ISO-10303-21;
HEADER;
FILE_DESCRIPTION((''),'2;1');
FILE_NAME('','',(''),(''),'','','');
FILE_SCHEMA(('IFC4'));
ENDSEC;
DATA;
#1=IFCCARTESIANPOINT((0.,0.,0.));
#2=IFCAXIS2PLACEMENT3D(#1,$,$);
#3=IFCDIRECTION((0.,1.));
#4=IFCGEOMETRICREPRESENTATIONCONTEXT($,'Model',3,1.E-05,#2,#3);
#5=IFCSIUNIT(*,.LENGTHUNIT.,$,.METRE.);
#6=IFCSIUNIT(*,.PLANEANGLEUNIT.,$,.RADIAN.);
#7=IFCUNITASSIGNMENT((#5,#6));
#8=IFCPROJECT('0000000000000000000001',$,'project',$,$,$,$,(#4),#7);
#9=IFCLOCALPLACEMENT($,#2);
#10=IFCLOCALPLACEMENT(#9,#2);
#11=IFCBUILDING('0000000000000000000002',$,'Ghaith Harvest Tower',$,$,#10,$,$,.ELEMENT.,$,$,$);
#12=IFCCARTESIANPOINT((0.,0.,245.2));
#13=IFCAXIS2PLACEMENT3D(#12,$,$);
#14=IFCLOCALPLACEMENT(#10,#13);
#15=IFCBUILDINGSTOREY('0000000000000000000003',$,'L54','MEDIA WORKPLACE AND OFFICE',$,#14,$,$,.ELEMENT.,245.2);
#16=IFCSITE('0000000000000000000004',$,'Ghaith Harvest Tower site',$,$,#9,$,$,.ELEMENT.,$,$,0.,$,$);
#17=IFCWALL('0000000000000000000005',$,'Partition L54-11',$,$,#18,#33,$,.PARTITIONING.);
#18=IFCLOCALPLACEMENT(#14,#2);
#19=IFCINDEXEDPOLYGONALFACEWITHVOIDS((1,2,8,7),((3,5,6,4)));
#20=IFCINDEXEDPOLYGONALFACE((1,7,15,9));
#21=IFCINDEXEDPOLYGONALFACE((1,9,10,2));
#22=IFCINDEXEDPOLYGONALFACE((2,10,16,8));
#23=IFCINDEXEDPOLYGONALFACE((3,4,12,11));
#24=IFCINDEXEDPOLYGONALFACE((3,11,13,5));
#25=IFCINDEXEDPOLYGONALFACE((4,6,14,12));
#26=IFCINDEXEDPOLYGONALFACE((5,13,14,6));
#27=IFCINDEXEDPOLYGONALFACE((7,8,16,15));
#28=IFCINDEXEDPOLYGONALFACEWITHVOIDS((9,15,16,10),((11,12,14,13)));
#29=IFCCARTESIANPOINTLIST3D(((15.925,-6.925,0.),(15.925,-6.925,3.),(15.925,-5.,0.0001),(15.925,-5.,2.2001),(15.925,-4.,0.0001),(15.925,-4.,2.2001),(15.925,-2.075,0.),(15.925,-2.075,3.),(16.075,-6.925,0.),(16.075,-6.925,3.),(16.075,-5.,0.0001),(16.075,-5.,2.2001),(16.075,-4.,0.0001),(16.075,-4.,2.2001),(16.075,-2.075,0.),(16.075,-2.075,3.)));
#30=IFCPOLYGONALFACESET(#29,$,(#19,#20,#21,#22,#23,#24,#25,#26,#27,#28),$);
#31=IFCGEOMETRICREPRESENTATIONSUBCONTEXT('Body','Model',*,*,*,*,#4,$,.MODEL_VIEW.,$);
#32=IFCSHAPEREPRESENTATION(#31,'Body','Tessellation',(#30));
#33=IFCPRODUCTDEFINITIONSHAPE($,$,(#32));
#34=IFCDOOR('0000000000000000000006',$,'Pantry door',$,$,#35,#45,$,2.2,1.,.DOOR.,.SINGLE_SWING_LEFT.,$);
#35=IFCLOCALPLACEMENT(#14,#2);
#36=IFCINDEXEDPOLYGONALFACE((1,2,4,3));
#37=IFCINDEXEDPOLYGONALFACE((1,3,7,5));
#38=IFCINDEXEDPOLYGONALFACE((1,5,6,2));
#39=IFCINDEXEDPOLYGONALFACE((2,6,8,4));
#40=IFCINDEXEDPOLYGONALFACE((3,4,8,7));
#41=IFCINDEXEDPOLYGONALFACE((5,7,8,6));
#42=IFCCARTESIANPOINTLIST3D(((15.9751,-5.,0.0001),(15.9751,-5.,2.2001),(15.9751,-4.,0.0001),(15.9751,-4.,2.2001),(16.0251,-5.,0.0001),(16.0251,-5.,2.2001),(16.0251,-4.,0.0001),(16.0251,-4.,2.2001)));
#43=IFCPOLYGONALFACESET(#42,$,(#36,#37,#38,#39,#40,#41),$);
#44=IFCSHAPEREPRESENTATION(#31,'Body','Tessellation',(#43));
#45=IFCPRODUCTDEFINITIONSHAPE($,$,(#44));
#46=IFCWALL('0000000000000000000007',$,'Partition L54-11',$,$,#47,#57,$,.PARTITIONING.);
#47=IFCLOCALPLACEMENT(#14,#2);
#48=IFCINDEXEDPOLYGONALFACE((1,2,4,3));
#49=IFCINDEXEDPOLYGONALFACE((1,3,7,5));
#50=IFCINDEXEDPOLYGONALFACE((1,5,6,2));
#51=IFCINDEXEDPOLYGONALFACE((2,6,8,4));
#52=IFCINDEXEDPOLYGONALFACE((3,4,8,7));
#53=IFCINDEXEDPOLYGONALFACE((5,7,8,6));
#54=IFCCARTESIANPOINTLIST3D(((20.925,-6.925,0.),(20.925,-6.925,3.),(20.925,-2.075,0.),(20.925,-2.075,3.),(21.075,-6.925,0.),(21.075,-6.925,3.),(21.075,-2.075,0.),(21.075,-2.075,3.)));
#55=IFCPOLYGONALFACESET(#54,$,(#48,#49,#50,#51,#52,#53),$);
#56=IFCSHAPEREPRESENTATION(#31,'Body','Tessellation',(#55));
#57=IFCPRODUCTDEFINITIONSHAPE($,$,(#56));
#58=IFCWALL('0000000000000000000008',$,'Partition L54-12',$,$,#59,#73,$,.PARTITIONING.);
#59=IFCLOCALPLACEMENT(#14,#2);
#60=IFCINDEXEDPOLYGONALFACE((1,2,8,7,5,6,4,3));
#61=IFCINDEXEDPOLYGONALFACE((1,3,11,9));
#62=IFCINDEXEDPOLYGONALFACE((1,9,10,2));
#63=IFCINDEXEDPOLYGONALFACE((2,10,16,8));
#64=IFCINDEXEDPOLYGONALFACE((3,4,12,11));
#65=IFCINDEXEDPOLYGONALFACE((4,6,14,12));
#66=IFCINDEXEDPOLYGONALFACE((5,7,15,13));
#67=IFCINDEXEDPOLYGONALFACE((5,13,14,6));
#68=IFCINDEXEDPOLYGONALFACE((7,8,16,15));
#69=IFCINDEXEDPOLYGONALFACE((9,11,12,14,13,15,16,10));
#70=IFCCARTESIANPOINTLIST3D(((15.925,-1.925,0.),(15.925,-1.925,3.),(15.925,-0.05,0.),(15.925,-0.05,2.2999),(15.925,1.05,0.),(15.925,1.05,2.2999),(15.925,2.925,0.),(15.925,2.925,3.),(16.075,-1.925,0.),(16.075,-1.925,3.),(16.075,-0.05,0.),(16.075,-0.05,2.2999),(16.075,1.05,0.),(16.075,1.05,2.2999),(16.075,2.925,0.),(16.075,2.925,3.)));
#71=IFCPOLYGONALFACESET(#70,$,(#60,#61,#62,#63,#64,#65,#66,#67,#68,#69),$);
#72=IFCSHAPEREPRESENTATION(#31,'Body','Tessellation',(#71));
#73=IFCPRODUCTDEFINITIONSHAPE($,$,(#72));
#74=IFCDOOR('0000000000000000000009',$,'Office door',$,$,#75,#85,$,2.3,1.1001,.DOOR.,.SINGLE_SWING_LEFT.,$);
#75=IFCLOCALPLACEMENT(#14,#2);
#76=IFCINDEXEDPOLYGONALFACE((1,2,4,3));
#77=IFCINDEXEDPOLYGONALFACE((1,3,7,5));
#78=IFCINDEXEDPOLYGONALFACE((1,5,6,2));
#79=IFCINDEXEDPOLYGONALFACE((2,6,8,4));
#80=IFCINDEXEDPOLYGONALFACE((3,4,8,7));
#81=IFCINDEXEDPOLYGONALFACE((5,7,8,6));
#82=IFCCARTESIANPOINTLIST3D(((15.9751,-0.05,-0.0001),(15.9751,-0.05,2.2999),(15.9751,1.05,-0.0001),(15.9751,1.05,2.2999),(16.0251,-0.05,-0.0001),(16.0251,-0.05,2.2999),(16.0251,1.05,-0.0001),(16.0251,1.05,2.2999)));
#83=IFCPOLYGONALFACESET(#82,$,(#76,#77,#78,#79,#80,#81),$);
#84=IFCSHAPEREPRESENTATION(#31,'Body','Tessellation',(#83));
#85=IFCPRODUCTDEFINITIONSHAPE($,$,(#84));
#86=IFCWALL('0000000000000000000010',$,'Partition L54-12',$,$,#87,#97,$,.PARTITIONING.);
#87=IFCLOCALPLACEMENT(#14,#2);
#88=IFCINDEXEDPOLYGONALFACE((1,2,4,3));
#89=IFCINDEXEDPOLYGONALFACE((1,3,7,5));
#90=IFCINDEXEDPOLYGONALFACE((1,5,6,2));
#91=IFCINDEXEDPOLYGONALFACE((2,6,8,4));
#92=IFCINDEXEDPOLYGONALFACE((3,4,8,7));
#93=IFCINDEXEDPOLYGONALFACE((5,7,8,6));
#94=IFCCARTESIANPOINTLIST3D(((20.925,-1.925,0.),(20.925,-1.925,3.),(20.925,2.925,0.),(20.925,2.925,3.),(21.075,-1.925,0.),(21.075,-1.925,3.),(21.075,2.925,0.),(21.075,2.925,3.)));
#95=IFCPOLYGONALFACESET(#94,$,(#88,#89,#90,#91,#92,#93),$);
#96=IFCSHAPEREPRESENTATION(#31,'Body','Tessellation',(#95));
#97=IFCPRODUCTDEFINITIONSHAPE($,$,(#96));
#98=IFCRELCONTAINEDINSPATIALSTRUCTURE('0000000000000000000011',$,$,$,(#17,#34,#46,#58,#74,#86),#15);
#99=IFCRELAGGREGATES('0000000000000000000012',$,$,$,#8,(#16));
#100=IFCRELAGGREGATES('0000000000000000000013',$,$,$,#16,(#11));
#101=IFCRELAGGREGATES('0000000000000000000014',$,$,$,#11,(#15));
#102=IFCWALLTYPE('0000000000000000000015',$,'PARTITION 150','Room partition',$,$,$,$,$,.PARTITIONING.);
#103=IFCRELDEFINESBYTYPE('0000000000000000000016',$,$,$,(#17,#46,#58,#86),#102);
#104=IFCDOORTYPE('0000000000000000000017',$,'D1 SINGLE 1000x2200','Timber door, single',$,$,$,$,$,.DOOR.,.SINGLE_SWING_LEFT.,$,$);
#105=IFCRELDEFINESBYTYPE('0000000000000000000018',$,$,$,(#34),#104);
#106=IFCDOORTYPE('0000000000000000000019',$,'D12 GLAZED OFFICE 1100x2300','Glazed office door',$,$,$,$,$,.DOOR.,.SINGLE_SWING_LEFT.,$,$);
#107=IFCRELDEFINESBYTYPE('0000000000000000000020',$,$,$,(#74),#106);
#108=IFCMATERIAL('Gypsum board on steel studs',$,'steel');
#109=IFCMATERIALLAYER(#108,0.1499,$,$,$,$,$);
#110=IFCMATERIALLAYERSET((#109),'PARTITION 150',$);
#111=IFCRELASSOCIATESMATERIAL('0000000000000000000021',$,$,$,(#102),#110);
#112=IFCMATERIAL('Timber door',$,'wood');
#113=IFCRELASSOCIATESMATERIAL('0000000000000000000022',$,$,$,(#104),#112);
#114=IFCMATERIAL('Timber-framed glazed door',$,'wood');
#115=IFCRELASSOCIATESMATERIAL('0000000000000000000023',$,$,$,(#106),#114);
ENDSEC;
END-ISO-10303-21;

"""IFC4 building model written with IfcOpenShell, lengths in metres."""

from ifc_helpers import new_model, si_unit, direction, frame, frame_2d, origin, place, context, subcontext, project, spatial, rectangle, extrude, material, layer, layer_set, type_object, element, fill, save


model = new_model("IFC4")

# Units and contexts
model_context = context("Model", 3, precision=1e-05, world=origin(), true_north=direction((0.0, 1.0)))
body_context = subcontext(model_context, "Body", "Model", "MODEL_VIEW")
ifc_project = project(units=[si_unit("LENGTHUNIT", "METRE"), si_unit("PLANEANGLEUNIT", "RADIAN")], contexts=[model_context])

# Site, building, storey
site_placement = place(None, origin())
site = spatial("IfcSite", under=ifc_project, at=site_placement, Name="Ghaith Harvest Tower site", CompositionType="ELEMENT", RefElevation=0.0)
building_placement = place(site_placement, origin())
building = spatial("IfcBuilding", under=site, at=building_placement, Name="Ghaith Harvest Tower", CompositionType="ELEMENT")
storey_placement = place(building_placement, frame((0.0, 0.0, 245.2)))
storey = spatial("IfcBuildingStorey", under=building, at=storey_placement, Name="L54", Description="MEDIA WORKPLACE AND OFFICE", CompositionType="ELEMENT", Elevation=245.2)

# Shared definitions
ifc_material_1 = material(Name="Gypsum board on steel studs", Category="steel")
ifc_layer_1 = layer(ifc_material_1, 0.1499)
ifc_layer_set_1 = layer_set([ifc_layer_1], Name="PARTITION 150")
wall_type_1 = type_object("IfcWallType", Name="PARTITION 150", Description="Room partition", PredefinedType="PARTITIONING", material=ifc_layer_set_1)

# Wall, opening, door
wall_1_placement = place(storey_placement, frame((16.0, -6.925, 0.0), z_axis=(0.0, 0.0, 1.0), x_axis=(0.0, 1.0, 0.0)))
wall_1 = element("IfcWall", 1, at=wall_1_placement, inside=storey, type_object=wall_type_1, Name="Partition L54-11", PredefinedType="PARTITIONING", context=body_context, shape_type="SweptSolid", body=[
    extrude(rectangle(XDim=4.8501, YDim=0.1499, at=frame_2d((2.425, 0.0))), origin(), (0.0, 0.0, 1.0), 3.0),
])
opening_1_placement = place(wall_1_placement, frame((1.925, 0.0, 0.0)))
opening_1 = element("IfcOpeningElement", 2, at=opening_1_placement, cuts=wall_1, PredefinedType="OPENING", context=body_context, shape_type="SweptSolid", body=[
    extrude(rectangle(XDim=1.0, YDim=2.2, at=frame_2d((0.5, 1.1001))), frame((0.0, 0.085, 0.0), z_axis=(0.0, -1.0, 0.0), x_axis=(1.0, 0.0, 0.0)), (0.0, 0.0, 1.0), 0.1699),
])
ifc_material_2 = material(Name="Timber door", Category="wood")
door_type_1 = type_object("IfcDoorType", Name="D1 SINGLE 1000x2200", Description="Timber door, single", OperationType="SINGLE_SWING_LEFT", PredefinedType="DOOR", material=ifc_material_2)
door_1_placement = place(opening_1_placement, origin())
door_1 = element("IfcDoor", 3, at=door_1_placement, inside=storey, type_object=door_type_1, Name="Pantry door", OperationType="SINGLE_SWING_LEFT", OverallHeight=2.2, OverallWidth=1.0, PredefinedType="DOOR", context=body_context, shape_type="SweptSolid", body=[
    extrude(rectangle(XDim=1.0, YDim=2.2, at=frame_2d((0.5, 1.1001))), frame((0.0, 0.0249, 0.0), z_axis=(0.0, -1.0, 0.0), x_axis=(1.0, 0.0, 0.0)), (0.0, 0.0, 1.0), 0.05),
])
fill(opening_1, door_1)

# Wall
wall_2_placement = place(storey_placement, frame((21.0, -6.925, 0.0), z_axis=(0.0, 0.0, 1.0), x_axis=(0.0, 1.0, 0.0)))
element("IfcWall", 4, at=wall_2_placement, inside=storey, type_object=wall_type_1, Name="Partition L54-11", PredefinedType="PARTITIONING", context=body_context, shape_type="SweptSolid", body=[
    extrude(rectangle(XDim=4.8501, YDim=0.1499, at=frame_2d((2.425, 0.0))), origin(), (0.0, 0.0, 1.0), 3.0),
])

# Wall, opening, door
wall_3_placement = place(storey_placement, frame((16.0, -1.925, 0.0), z_axis=(0.0, 0.0, 1.0), x_axis=(0.0, 1.0, 0.0)))
wall_3 = element("IfcWall", 5, at=wall_3_placement, inside=storey, type_object=wall_type_1, Name="Partition L54-12", PredefinedType="PARTITIONING", context=body_context, shape_type="SweptSolid", body=[
    extrude(rectangle(XDim=4.8501, YDim=0.1499, at=frame_2d((2.425, 0.0))), origin(), (0.0, 0.0, 1.0), 3.0),
])
opening_2_placement = place(wall_3_placement, frame((1.875, 0.0, 0.0)))
opening_2 = element("IfcOpeningElement", 6, at=opening_2_placement, cuts=wall_3, PredefinedType="OPENING", context=body_context, shape_type="SweptSolid", body=[
    extrude(rectangle(XDim=1.1001, YDim=2.3, at=frame_2d((0.55, 1.1499))), frame((0.0, 0.085, 0.0), z_axis=(0.0, -1.0, 0.0), x_axis=(1.0, 0.0, 0.0)), (0.0, 0.0, 1.0), 0.1699),
])
ifc_material_3 = material(Name="Timber-framed glazed door", Category="wood")
door_type_2 = type_object("IfcDoorType", Name="D12 GLAZED OFFICE 1100x2300", Description="Glazed office door", OperationType="SINGLE_SWING_LEFT", PredefinedType="DOOR", material=ifc_material_3)
door_2_placement = place(opening_2_placement, origin())
door_2 = element("IfcDoor", 7, at=door_2_placement, inside=storey, type_object=door_type_2, Name="Office door", OperationType="SINGLE_SWING_LEFT", OverallHeight=2.3, OverallWidth=1.1001, PredefinedType="DOOR", context=body_context, shape_type="SweptSolid", body=[
    extrude(rectangle(XDim=1.1001, YDim=2.3, at=frame_2d((0.55, 1.1499))), frame((0.0, 0.0249, 0.0), z_axis=(0.0, -1.0, 0.0), x_axis=(1.0, 0.0, 0.0)), (0.0, 0.0, 1.0), 0.05),
])
fill(opening_2, door_2)

# Wall
wall_4_placement = place(storey_placement, frame((21.0, -1.925, 0.0), z_axis=(0.0, 0.0, 1.0), x_axis=(0.0, 1.0, 0.0)))
element("IfcWall", 8, at=wall_4_placement, inside=storey, type_object=wall_type_1, Name="Partition L54-12", PredefinedType="PARTITIONING", context=body_context, shape_type="SweptSolid", body=[
    extrude(rectangle(XDim=4.8501, YDim=0.1499, at=frame_2d((2.425, 0.0))), origin(), (0.0, 0.0, 1.0), 3.0),
])

save(model, "model.ifc")
